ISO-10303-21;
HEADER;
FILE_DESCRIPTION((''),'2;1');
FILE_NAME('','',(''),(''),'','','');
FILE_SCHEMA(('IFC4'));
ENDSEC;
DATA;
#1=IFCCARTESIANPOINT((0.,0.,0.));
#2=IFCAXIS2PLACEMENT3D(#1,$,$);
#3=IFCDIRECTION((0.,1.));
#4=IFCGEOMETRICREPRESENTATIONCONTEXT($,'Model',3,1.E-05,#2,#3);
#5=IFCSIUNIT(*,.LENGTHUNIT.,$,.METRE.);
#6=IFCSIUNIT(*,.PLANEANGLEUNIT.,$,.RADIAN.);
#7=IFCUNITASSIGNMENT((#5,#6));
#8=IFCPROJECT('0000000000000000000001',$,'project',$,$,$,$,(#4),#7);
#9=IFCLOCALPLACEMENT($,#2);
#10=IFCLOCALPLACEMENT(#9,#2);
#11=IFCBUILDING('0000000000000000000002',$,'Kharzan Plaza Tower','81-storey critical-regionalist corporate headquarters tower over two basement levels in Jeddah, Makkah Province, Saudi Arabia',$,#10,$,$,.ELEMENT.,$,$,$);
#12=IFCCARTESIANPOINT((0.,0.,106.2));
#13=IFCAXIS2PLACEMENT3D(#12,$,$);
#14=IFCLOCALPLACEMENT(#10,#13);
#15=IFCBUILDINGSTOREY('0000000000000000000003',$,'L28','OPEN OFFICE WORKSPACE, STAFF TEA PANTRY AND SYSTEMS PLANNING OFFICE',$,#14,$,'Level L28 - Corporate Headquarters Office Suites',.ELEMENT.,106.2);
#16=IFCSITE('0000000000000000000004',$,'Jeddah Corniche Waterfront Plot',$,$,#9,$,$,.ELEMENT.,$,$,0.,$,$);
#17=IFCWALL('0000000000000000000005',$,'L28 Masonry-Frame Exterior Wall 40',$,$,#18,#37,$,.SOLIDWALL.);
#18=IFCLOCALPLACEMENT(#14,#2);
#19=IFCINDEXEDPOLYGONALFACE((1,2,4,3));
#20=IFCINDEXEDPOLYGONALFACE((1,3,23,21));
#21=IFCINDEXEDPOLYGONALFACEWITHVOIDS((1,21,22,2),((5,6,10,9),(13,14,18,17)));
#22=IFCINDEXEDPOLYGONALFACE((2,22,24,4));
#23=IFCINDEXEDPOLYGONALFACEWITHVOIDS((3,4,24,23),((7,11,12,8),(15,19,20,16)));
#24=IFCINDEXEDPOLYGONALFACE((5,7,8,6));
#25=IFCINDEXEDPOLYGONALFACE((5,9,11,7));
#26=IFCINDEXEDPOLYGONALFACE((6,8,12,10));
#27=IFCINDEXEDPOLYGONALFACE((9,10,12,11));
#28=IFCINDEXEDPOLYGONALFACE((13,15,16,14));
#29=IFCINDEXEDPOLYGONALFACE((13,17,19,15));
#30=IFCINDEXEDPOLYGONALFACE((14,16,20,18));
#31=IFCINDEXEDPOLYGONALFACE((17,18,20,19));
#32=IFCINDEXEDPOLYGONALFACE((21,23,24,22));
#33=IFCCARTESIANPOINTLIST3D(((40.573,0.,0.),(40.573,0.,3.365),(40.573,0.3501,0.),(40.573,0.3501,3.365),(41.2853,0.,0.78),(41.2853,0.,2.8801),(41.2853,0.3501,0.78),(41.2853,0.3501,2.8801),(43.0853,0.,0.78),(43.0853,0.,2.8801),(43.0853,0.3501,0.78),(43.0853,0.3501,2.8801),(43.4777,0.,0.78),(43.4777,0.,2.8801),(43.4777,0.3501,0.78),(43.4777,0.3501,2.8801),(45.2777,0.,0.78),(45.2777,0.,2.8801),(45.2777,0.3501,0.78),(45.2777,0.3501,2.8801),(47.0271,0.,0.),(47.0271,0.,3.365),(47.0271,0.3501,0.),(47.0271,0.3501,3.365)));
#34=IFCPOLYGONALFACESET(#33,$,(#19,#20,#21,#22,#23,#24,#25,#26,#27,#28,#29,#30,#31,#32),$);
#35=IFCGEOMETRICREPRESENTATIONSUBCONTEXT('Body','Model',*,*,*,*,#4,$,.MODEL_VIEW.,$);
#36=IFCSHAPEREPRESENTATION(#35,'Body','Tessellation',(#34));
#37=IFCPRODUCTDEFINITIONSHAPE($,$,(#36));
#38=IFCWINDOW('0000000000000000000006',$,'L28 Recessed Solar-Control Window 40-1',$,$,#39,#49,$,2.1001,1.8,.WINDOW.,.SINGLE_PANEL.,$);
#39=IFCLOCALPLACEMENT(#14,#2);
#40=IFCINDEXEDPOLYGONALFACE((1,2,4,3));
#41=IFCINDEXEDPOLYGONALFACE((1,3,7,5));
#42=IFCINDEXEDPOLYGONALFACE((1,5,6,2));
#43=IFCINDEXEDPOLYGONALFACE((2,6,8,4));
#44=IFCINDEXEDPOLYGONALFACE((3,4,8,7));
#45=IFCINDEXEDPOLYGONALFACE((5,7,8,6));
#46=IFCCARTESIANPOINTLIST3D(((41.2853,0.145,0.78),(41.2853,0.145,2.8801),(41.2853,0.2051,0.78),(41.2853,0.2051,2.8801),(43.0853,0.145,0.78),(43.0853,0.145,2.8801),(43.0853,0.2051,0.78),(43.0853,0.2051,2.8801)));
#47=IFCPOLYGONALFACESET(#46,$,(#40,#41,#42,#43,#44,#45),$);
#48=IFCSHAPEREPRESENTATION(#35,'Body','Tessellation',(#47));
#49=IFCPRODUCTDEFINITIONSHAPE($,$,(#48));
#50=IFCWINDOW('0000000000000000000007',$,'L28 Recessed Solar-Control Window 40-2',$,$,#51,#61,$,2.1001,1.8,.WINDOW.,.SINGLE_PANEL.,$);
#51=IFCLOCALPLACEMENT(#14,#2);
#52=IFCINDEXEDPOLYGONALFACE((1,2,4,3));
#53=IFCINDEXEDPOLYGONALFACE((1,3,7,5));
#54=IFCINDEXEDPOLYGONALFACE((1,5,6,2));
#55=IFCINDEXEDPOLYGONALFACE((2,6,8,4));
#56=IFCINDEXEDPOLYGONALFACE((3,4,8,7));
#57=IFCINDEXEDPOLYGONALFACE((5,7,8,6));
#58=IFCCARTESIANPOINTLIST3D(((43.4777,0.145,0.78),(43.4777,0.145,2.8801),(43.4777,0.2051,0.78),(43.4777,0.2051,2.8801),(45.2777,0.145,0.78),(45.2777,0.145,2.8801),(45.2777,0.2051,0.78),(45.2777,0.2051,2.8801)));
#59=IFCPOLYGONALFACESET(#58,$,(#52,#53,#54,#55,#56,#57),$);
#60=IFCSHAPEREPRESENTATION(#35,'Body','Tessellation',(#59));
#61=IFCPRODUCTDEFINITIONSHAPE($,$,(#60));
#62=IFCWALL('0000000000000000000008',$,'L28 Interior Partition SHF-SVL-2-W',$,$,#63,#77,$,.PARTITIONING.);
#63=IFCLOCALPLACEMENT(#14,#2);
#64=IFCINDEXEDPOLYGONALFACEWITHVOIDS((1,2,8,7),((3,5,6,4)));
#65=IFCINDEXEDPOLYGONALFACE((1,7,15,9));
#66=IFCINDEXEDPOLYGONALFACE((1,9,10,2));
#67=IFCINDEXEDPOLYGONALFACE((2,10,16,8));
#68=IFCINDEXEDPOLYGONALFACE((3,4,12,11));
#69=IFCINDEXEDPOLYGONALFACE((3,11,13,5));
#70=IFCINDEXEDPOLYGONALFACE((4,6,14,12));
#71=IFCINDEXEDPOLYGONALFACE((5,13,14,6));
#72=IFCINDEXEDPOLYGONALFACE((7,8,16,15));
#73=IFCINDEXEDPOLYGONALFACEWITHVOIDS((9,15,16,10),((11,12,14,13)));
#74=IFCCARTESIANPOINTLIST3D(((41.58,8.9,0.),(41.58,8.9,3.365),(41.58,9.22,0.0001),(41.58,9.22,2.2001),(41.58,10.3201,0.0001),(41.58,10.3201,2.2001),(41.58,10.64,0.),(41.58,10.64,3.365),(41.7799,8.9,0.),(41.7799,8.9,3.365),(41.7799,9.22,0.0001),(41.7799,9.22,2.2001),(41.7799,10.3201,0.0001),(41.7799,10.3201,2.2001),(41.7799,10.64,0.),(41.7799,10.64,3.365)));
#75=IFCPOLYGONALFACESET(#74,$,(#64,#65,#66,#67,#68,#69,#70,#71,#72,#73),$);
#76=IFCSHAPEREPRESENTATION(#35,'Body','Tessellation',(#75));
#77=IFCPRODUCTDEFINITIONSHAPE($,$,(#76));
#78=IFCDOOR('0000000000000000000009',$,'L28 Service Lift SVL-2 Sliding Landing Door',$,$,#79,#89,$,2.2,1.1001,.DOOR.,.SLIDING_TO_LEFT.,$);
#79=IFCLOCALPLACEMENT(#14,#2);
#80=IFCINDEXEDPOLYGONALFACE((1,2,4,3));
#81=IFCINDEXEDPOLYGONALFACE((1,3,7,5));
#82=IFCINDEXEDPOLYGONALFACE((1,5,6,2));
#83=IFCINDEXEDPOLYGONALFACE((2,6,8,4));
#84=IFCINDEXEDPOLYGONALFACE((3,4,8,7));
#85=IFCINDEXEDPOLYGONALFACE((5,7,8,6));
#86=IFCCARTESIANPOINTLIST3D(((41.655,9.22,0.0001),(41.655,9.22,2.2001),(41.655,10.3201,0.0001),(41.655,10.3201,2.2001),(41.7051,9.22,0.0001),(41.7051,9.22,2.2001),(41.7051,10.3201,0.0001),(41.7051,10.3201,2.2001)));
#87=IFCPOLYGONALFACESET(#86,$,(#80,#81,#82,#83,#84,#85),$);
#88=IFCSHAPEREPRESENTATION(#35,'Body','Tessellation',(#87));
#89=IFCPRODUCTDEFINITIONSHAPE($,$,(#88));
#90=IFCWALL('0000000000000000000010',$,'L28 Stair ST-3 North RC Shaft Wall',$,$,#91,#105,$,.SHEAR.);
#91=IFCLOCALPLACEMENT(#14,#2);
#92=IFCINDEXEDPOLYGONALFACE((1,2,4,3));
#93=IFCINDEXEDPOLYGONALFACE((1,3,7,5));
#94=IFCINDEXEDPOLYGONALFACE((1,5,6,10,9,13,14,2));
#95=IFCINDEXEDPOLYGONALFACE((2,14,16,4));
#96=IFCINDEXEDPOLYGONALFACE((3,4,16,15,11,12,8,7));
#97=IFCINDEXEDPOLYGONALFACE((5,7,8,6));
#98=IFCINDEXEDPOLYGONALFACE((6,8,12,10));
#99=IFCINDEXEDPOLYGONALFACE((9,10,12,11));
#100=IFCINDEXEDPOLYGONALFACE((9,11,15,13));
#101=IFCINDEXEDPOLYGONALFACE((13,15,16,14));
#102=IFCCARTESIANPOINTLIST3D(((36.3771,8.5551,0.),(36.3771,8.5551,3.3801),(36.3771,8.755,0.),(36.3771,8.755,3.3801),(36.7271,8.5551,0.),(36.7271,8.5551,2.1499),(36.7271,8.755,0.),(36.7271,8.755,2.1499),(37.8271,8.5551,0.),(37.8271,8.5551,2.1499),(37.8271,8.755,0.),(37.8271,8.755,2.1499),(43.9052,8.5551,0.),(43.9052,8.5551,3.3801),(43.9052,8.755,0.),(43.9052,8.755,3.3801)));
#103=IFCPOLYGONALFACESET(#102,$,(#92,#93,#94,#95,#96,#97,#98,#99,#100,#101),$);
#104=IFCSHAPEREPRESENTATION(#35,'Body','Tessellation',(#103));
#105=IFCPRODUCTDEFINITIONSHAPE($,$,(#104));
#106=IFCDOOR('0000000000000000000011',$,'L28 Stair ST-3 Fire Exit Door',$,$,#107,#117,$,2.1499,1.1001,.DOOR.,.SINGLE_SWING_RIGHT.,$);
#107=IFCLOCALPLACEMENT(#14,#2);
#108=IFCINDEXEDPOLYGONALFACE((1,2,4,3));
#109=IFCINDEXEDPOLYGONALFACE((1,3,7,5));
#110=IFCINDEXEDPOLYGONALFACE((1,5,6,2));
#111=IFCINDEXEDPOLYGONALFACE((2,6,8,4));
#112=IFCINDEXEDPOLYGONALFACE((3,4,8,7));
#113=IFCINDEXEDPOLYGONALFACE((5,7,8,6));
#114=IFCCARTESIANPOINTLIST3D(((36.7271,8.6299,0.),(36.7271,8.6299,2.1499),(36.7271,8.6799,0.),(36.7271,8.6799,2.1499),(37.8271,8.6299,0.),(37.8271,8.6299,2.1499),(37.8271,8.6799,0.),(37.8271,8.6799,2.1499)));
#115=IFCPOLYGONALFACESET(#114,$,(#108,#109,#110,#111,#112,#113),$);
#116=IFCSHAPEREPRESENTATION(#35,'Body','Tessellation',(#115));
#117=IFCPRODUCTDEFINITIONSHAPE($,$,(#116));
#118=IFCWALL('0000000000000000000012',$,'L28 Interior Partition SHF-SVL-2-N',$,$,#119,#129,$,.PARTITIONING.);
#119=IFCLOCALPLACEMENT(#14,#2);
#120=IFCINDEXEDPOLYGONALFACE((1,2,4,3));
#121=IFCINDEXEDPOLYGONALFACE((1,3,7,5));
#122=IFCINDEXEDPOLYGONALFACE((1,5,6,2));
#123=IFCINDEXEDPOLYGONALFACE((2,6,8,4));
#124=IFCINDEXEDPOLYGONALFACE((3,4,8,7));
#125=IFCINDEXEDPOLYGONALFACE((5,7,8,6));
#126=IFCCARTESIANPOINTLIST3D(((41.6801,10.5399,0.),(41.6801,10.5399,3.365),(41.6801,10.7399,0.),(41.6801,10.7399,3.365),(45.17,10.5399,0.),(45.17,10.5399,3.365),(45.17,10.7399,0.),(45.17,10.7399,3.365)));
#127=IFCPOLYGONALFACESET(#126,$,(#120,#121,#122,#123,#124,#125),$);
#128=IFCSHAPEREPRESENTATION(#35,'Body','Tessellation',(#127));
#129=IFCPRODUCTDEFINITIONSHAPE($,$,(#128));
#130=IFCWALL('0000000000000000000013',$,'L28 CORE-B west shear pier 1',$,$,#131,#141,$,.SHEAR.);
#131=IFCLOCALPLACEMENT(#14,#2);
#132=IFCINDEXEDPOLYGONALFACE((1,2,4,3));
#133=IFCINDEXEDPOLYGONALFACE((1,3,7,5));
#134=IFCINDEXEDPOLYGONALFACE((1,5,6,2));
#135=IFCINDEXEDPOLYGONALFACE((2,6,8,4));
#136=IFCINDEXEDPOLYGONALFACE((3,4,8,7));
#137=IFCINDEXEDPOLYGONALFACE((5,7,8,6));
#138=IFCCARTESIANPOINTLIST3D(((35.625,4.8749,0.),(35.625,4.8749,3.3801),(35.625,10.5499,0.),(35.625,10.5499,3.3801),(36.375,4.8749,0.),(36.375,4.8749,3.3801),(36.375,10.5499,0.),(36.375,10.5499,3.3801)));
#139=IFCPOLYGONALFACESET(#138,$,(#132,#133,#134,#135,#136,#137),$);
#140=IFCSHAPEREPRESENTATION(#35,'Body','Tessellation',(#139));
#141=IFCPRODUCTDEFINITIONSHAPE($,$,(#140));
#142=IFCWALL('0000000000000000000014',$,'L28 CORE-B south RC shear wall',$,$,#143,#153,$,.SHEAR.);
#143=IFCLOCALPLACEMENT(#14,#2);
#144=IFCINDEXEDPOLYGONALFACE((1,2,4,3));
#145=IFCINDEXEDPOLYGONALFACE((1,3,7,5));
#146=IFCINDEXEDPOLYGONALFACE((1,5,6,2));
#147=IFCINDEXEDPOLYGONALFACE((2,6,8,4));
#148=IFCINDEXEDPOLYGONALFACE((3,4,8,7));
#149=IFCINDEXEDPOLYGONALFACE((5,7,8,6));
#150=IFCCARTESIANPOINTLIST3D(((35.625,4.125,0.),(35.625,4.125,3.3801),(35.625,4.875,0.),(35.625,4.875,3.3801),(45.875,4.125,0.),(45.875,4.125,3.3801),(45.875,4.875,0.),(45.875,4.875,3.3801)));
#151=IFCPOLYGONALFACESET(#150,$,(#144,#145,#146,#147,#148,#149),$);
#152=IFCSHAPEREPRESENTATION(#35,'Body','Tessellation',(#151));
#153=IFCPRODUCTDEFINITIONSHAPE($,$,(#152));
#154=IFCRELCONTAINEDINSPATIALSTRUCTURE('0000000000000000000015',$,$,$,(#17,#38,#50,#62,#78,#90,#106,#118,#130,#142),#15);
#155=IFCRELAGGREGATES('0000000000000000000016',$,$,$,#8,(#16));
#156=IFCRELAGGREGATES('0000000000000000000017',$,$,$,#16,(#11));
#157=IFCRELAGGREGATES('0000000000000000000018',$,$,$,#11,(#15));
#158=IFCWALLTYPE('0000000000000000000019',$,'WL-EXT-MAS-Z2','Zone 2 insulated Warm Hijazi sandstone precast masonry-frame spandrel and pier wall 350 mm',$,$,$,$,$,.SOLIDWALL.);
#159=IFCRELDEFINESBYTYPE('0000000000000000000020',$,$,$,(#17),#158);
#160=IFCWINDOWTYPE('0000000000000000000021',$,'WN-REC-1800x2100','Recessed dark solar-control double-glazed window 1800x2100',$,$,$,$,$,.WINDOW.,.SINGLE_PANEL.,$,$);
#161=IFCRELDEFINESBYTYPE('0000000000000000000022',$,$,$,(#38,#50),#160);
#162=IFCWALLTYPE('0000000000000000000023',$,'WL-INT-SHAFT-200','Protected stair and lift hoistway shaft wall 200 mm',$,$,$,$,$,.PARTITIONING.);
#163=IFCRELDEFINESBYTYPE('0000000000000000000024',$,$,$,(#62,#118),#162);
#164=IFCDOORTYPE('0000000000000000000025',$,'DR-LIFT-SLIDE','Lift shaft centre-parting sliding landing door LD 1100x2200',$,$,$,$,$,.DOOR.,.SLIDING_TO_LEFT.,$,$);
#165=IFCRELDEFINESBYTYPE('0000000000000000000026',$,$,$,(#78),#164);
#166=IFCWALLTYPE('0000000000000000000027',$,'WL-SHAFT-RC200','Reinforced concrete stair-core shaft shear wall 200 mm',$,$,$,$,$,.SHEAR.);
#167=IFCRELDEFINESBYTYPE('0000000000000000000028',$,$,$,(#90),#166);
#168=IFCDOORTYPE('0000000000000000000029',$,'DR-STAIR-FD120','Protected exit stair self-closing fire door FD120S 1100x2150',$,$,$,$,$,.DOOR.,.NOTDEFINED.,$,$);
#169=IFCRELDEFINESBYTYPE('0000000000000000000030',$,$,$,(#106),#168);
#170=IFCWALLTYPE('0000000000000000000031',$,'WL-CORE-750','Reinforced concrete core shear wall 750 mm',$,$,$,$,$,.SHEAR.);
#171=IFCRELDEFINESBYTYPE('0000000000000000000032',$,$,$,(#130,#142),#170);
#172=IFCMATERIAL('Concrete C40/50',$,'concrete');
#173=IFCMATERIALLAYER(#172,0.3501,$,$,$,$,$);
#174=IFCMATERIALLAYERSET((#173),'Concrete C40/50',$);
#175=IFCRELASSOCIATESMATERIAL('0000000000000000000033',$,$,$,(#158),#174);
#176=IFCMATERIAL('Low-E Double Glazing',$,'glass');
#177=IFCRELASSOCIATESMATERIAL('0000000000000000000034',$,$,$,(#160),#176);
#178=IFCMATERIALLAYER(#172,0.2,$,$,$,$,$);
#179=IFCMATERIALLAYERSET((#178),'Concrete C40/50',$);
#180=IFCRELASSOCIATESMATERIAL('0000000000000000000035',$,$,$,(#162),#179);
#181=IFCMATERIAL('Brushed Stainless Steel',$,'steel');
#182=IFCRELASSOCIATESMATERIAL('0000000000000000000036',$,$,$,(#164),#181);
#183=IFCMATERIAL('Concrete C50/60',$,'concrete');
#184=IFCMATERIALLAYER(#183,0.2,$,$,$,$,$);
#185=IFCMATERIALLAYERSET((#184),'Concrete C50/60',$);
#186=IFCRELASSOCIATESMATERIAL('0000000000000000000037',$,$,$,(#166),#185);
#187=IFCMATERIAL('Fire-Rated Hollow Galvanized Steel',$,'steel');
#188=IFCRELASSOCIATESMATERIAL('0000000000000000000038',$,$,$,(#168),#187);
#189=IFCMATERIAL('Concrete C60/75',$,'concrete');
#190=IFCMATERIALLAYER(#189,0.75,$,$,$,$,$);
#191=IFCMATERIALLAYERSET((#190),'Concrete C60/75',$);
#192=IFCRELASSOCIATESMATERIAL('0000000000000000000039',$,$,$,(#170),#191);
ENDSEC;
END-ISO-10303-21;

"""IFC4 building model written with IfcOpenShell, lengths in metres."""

from ifc_helpers import new_model, si_unit, direction, frame, frame_2d, origin, place, context, subcontext, project, spatial, rectangle, extrude, source, transform, mapped, material, layer, layer_set, type_object, element, fill, save


model = new_model("IFC4")

# Units and contexts
model_context = context("Model", 3, precision=1e-05, world=origin(), true_north=direction((0.0, 1.0)))
body_context = subcontext(model_context, "Body", "Model", "MODEL_VIEW")
ifc_project = project(units=[si_unit("LENGTHUNIT", "METRE"), si_unit("PLANEANGLEUNIT", "RADIAN")], contexts=[model_context])

# Site, building, storey
site_placement = place(None, origin())
site = spatial("IfcSite", under=ifc_project, at=site_placement, Name="Jeddah Corniche Waterfront Plot", CompositionType="ELEMENT", RefElevation=0.0)
building_placement = place(site_placement, origin())
building = spatial("IfcBuilding", under=site, at=building_placement, Name="Kharzan Plaza Tower", Description="81-storey critical-regionalist corporate headquarters tower over two basement levels in Jeddah, Makkah Province, Saudi Arabia", CompositionType="ELEMENT")
storey_placement = place(building_placement, frame((0.0, 0.0, 106.2)))
storey = spatial("IfcBuildingStorey", under=building, at=storey_placement, Name="L28", Description="OPEN OFFICE WORKSPACE, STAFF TEA PANTRY AND SYSTEMS PLANNING OFFICE", LongName="Level L28 - Corporate Headquarters Office Suites", CompositionType="ELEMENT", Elevation=106.2)

# Shared definitions
ifc_material_1 = material(Name="Concrete C60/75", Category="concrete")

# Shared definitions
ifc_material_2 = material(Name="Concrete C40/50", Category="concrete")
ifc_layer_1 = layer(ifc_material_2, 0.3501)
ifc_layer_set_1 = layer_set([ifc_layer_1], Name="Concrete C40/50")
wall_type_1 = type_object("IfcWallType", Name="WL-EXT-MAS-Z2", Description="Zone 2 insulated Warm Hijazi sandstone precast masonry-frame spandrel and pier wall 350 mm", PredefinedType="SOLIDWALL", material=ifc_layer_set_1)
ifc_material_3 = material(Name="Low-E Double Glazing", Category="glass")

# Wall, openings, windows
wall_1_placement = place(storey_placement, frame((40.573, 0.175, 0.0), z_axis=(0.0, 0.0, 1.0), x_axis=(1.0, 0.0, 0.0)))
wall_1 = element("IfcWall", 1, at=wall_1_placement, inside=storey, type_object=wall_type_1, Name="L28 Masonry-Frame Exterior Wall 40", PredefinedType="SOLIDWALL", context=body_context, shape_type="SweptSolid", body=[
    extrude(rectangle(XDim=6.4541, YDim=0.3501, at=frame_2d((3.2271, 0.0))), origin(), (0.0, 0.0, 1.0), 3.365),
])
opening_1_placement = place(wall_1_placement, frame((0.7124, 0.0, 0.78)))
opening_1 = element("IfcOpeningElement", 2, at=opening_1_placement, cuts=wall_1, PredefinedType="OPENING", context=body_context, shape_type="SweptSolid", body=[
    extrude(rectangle(XDim=1.8, YDim=2.1001, at=frame_2d((0.8999, 1.05))), frame((0.0, 0.1851, 0.0), z_axis=(0.0, -1.0, 0.0), x_axis=(1.0, 0.0, 0.0)), (0.0, 0.0, 1.0), 0.3701),
])
opening_2_placement = place(wall_1_placement, frame((2.9048, 0.0, 0.78)))
opening_2 = element("IfcOpeningElement", 3, at=opening_2_placement, cuts=wall_1, PredefinedType="OPENING", context=body_context, shape_type="SweptSolid", body=[
    extrude(rectangle(XDim=1.8, YDim=2.1001, at=frame_2d((0.8999, 1.05))), frame((0.0, 0.1851, 0.0), z_axis=(0.0, -1.0, 0.0), x_axis=(1.0, 0.0, 0.0)), (0.0, 0.0, 1.0), 0.3701),
])
window_type_1 = type_object("IfcWindowType", Name="WN-REC-1800x2100", Description="Recessed dark solar-control double-glazed window 1800x2100", PartitioningType="SINGLE_PANEL", PredefinedType="WINDOW", material=ifc_material_3)
shared_shape_1 = source(origin(), body_context, "Body", "SweptSolid", [
    extrude(rectangle(XDim=1.8, YDim=2.1001, at=frame_2d((0.8999, 1.05))), frame((0.0, 0.03, 0.0), z_axis=(0.0, -1.0, 0.0), x_axis=(1.0, 0.0, 0.0)), (0.0, 0.0, 1.0), 0.0601),
])
window_1_placement = place(opening_1_placement, origin())
window_1 = element("IfcWindow", 4, at=window_1_placement, inside=storey, type_object=window_type_1, Name="L28 Recessed Solar-Control Window 40-1", OverallHeight=2.1001, OverallWidth=1.8, PartitioningType="SINGLE_PANEL", PredefinedType="WINDOW", context=body_context, shape_type="MappedRepresentation", body=[
    mapped(shared_shape_1, transform((0.0, 0.0, 0.0), x_axis=(1.0, 0.0, 0.0), y_axis=(0.0, 1.0, 0.0), z_axis=(0.0, 0.0, 1.0))),
])
fill(opening_1, window_1)
window_2_placement = place(opening_2_placement, origin())
window_2 = element("IfcWindow", 5, at=window_2_placement, inside=storey, type_object=window_type_1, Name="L28 Recessed Solar-Control Window 40-2", OverallHeight=2.1001, OverallWidth=1.8, PartitioningType="SINGLE_PANEL", PredefinedType="WINDOW", context=body_context, shape_type="MappedRepresentation", body=[
    mapped(shared_shape_1, transform((0.0, 0.0, 0.0), x_axis=(1.0, 0.0, 0.0), y_axis=(0.0, 1.0, 0.0), z_axis=(0.0, 0.0, 1.0))),
])
fill(opening_2, window_2)

# Walls, openings, doors
ifc_layer_2 = layer(ifc_material_2, 0.2)
ifc_layer_set_2 = layer_set([ifc_layer_2], Name="Concrete C40/50")
wall_type_2 = type_object("IfcWallType", Name="WL-INT-SHAFT-200", Description="Protected stair and lift hoistway shaft wall 200 mm", PredefinedType="PARTITIONING", material=ifc_layer_set_2)
wall_2_placement = place(storey_placement, frame((41.6799, 8.8999, 0.0), z_axis=(0.0, 0.0, 1.0), x_axis=(0.0, 1.0, 0.0)))
wall_2 = element("IfcWall", 6, at=wall_2_placement, inside=storey, type_object=wall_type_2, Name="L28 Interior Partition SHF-SVL-2-W", PredefinedType="PARTITIONING", context=body_context, shape_type="SweptSolid", body=[
    extrude(rectangle(XDim=1.74, YDim=0.2, at=frame_2d((0.8701, 0.0))), origin(), (0.0, 0.0, 1.0), 3.365),
])
opening_3_placement = place(wall_2_placement, frame((0.3201, 0.0, 0.0)))
opening_3 = element("IfcOpeningElement", 7, at=opening_3_placement, cuts=wall_2, PredefinedType="OPENING", context=body_context, shape_type="SweptSolid", body=[
    extrude(rectangle(XDim=1.1001, YDim=2.2, at=frame_2d((0.55, 1.1001))), frame((0.0, 0.1099, 0.0), z_axis=(0.0, -1.0, 0.0), x_axis=(1.0, 0.0, 0.0)), (0.0, 0.0, 1.0), 0.22),
])
ifc_material_4 = material(Name="Brushed Stainless Steel", Category="steel")
door_type_1 = type_object("IfcDoorType", Name="DR-LIFT-SLIDE", Description="Lift shaft centre-parting sliding landing door LD 1100x2200", OperationType="SLIDING_TO_LEFT", PredefinedType="DOOR", material=ifc_material_4)
shared_shape_2 = source(origin(), body_context, "Body", "SweptSolid", [
    extrude(rectangle(XDim=1.1001, YDim=2.2, at=frame_2d((0.55, 1.1001))), frame((0.0, 0.0249, 0.0), z_axis=(0.0, -1.0, 0.0), x_axis=(1.0, 0.0, 0.0)), (0.0, 0.0, 1.0), 0.05),
])
door_1_placement = place(opening_3_placement, origin())
door_1 = element("IfcDoor", 8, at=door_1_placement, inside=storey, type_object=door_type_1, Name="L28 Service Lift SVL-2 Sliding Landing Door", OperationType="SLIDING_TO_LEFT", OverallHeight=2.2, OverallWidth=1.1001, PredefinedType="DOOR", context=body_context, shape_type="MappedRepresentation", body=[
    mapped(shared_shape_2, transform((0.0, 0.0, 0.0), x_axis=(1.0, 0.0, 0.0), y_axis=(0.0, 1.0, 0.0), z_axis=(0.0, 0.0, 1.0))),
])
fill(opening_3, door_1)
ifc_material_5 = material(Name="Concrete C50/60", Category="concrete")
ifc_layer_3 = layer(ifc_material_5, 0.2)
ifc_layer_set_3 = layer_set([ifc_layer_3], Name="Concrete C50/60")
wall_type_3 = type_object("IfcWallType", Name="WL-SHAFT-RC200", Description="Reinforced concrete stair-core shaft shear wall 200 mm", PredefinedType="SHEAR", material=ifc_layer_set_3)
wall_3_placement = place(storey_placement, frame((36.377, 8.655, 0.0), z_axis=(0.0, 0.0, 1.0), x_axis=(1.0, 0.0, 0.0)))
wall_3 = element("IfcWall", 9, at=wall_3_placement, inside=storey, type_object=wall_type_3, Name="L28 Stair ST-3 North RC Shaft Wall", PredefinedType="SHEAR", context=body_context, shape_type="SweptSolid", body=[
    extrude(rectangle(XDim=7.5281, YDim=0.2, at=frame_2d((3.7642, 0.0))), origin(), (0.0, 0.0, 1.0), 3.3801),
])
opening_4_placement = place(wall_3_placement, frame((0.3501, 0.0, 0.0)))
opening_4 = element("IfcOpeningElement", 10, at=opening_4_placement, cuts=wall_3, PredefinedType="OPENING", context=body_context, shape_type="SweptSolid", body=[
    extrude(rectangle(XDim=1.1001, YDim=2.1499, at=frame_2d((0.55, 1.075))), frame((0.0, 0.1099, 0.0), z_axis=(0.0, -1.0, 0.0), x_axis=(1.0, 0.0, 0.0)), (0.0, 0.0, 1.0), 0.22),
])
ifc_material_6 = material(Name="Fire-Rated Hollow Galvanized Steel", Category="steel")
door_type_2 = type_object("IfcDoorType", Name="DR-STAIR-FD120", Description="Protected exit stair self-closing fire door FD120S 1100x2150", OperationType="NOTDEFINED", PredefinedType="DOOR", material=ifc_material_6)
shared_shape_3 = source(origin(), body_context, "Body", "SweptSolid", [
    extrude(rectangle(XDim=1.1001, YDim=2.1499, at=frame_2d((0.55, 1.075))), frame((0.0, 0.0249, 0.0), z_axis=(0.0, -1.0, 0.0), x_axis=(1.0, 0.0, 0.0)), (0.0, 0.0, 1.0), 0.05),
])
door_2_placement = place(opening_4_placement, origin())
door_2 = element("IfcDoor", 11, at=door_2_placement, inside=storey, type_object=door_type_2, Name="L28 Stair ST-3 Fire Exit Door", OperationType="SINGLE_SWING_RIGHT", OverallHeight=2.1499, OverallWidth=1.1001, PredefinedType="DOOR", context=body_context, shape_type="MappedRepresentation", body=[
    mapped(shared_shape_3, transform((0.0, 0.0, 0.0), x_axis=(1.0, 0.0, 0.0), y_axis=(0.0, 1.0, 0.0), z_axis=(0.0, 0.0, 1.0))),
])
fill(opening_4, door_2)

# Walls
shared_shape_4 = source(origin(), body_context, "Body", "SweptSolid", [
    extrude(rectangle(XDim=3.49, YDim=0.2, at=frame_2d((1.7451, 0.0))), origin(), (0.0, 0.0, 1.0), 3.365),
])
wall_4_placement = place(storey_placement, frame((41.6799, 10.6399, 0.0), z_axis=(0.0, 0.0, 1.0), x_axis=(1.0, 0.0, 0.0)))
element("IfcWall", 12, at=wall_4_placement, inside=storey, type_object=wall_type_2, Name="L28 Interior Partition SHF-SVL-2-N", PredefinedType="PARTITIONING", context=body_context, shape_type="MappedRepresentation", body=[
    mapped(shared_shape_4, transform((0.0, 0.0, 0.0), x_axis=(1.0, 0.0, 0.0), y_axis=(0.0, 1.0, 0.0), z_axis=(0.0, 0.0, 1.0))),
])
ifc_layer_4 = layer(ifc_material_1, 0.75)
ifc_layer_set_4 = layer_set([ifc_layer_4], Name="Concrete C60/75")
wall_type_4 = type_object("IfcWallType", Name="WL-CORE-750", Description="Reinforced concrete core shear wall 750 mm", PredefinedType="SHEAR", material=ifc_layer_set_4)
shared_shape_5 = source(origin(), body_context, "Body", "SweptSolid", [
    extrude(rectangle(XDim=5.675, YDim=0.75, at=frame_2d((2.8374, 0.0))), origin(), (0.0, 0.0, 1.0), 3.3801),
])
wall_5_placement = place(storey_placement, frame((36.0, 4.875, 0.0), z_axis=(0.0, 0.0, 1.0), x_axis=(0.0, 1.0, 0.0)))
element("IfcWall", 13, at=wall_5_placement, inside=storey, type_object=wall_type_4, Name="L28 CORE-B west shear pier 1", PredefinedType="SHEAR", context=body_context, shape_type="MappedRepresentation", body=[
    mapped(shared_shape_5, transform((0.0, 0.0, 0.0), x_axis=(1.0, 0.0, 0.0), y_axis=(0.0, 1.0, 0.0), z_axis=(0.0, 0.0, 1.0))),
])
shared_shape_6 = source(origin(), body_context, "Body", "SweptSolid", [
    extrude(rectangle(XDim=10.25, YDim=0.75, at=frame_2d((5.125, 0.0))), origin(), (0.0, 0.0, 1.0), 3.3801),
])
wall_6_placement = place(storey_placement, frame((35.625, 4.5, 0.0), z_axis=(0.0, 0.0, 1.0), x_axis=(1.0, 0.0, 0.0)))
element("IfcWall", 14, at=wall_6_placement, inside=storey, type_object=wall_type_4, Name="L28 CORE-B south RC shear wall", PredefinedType="SHEAR", context=body_context, shape_type="MappedRepresentation", body=[
    mapped(shared_shape_6, transform((0.0, 0.0, 0.0), x_axis=(1.0, 0.0, 0.0), y_axis=(0.0, 1.0, 0.0), z_axis=(0.0, 0.0, 1.0))),
])

save(model, "model.ifc")
